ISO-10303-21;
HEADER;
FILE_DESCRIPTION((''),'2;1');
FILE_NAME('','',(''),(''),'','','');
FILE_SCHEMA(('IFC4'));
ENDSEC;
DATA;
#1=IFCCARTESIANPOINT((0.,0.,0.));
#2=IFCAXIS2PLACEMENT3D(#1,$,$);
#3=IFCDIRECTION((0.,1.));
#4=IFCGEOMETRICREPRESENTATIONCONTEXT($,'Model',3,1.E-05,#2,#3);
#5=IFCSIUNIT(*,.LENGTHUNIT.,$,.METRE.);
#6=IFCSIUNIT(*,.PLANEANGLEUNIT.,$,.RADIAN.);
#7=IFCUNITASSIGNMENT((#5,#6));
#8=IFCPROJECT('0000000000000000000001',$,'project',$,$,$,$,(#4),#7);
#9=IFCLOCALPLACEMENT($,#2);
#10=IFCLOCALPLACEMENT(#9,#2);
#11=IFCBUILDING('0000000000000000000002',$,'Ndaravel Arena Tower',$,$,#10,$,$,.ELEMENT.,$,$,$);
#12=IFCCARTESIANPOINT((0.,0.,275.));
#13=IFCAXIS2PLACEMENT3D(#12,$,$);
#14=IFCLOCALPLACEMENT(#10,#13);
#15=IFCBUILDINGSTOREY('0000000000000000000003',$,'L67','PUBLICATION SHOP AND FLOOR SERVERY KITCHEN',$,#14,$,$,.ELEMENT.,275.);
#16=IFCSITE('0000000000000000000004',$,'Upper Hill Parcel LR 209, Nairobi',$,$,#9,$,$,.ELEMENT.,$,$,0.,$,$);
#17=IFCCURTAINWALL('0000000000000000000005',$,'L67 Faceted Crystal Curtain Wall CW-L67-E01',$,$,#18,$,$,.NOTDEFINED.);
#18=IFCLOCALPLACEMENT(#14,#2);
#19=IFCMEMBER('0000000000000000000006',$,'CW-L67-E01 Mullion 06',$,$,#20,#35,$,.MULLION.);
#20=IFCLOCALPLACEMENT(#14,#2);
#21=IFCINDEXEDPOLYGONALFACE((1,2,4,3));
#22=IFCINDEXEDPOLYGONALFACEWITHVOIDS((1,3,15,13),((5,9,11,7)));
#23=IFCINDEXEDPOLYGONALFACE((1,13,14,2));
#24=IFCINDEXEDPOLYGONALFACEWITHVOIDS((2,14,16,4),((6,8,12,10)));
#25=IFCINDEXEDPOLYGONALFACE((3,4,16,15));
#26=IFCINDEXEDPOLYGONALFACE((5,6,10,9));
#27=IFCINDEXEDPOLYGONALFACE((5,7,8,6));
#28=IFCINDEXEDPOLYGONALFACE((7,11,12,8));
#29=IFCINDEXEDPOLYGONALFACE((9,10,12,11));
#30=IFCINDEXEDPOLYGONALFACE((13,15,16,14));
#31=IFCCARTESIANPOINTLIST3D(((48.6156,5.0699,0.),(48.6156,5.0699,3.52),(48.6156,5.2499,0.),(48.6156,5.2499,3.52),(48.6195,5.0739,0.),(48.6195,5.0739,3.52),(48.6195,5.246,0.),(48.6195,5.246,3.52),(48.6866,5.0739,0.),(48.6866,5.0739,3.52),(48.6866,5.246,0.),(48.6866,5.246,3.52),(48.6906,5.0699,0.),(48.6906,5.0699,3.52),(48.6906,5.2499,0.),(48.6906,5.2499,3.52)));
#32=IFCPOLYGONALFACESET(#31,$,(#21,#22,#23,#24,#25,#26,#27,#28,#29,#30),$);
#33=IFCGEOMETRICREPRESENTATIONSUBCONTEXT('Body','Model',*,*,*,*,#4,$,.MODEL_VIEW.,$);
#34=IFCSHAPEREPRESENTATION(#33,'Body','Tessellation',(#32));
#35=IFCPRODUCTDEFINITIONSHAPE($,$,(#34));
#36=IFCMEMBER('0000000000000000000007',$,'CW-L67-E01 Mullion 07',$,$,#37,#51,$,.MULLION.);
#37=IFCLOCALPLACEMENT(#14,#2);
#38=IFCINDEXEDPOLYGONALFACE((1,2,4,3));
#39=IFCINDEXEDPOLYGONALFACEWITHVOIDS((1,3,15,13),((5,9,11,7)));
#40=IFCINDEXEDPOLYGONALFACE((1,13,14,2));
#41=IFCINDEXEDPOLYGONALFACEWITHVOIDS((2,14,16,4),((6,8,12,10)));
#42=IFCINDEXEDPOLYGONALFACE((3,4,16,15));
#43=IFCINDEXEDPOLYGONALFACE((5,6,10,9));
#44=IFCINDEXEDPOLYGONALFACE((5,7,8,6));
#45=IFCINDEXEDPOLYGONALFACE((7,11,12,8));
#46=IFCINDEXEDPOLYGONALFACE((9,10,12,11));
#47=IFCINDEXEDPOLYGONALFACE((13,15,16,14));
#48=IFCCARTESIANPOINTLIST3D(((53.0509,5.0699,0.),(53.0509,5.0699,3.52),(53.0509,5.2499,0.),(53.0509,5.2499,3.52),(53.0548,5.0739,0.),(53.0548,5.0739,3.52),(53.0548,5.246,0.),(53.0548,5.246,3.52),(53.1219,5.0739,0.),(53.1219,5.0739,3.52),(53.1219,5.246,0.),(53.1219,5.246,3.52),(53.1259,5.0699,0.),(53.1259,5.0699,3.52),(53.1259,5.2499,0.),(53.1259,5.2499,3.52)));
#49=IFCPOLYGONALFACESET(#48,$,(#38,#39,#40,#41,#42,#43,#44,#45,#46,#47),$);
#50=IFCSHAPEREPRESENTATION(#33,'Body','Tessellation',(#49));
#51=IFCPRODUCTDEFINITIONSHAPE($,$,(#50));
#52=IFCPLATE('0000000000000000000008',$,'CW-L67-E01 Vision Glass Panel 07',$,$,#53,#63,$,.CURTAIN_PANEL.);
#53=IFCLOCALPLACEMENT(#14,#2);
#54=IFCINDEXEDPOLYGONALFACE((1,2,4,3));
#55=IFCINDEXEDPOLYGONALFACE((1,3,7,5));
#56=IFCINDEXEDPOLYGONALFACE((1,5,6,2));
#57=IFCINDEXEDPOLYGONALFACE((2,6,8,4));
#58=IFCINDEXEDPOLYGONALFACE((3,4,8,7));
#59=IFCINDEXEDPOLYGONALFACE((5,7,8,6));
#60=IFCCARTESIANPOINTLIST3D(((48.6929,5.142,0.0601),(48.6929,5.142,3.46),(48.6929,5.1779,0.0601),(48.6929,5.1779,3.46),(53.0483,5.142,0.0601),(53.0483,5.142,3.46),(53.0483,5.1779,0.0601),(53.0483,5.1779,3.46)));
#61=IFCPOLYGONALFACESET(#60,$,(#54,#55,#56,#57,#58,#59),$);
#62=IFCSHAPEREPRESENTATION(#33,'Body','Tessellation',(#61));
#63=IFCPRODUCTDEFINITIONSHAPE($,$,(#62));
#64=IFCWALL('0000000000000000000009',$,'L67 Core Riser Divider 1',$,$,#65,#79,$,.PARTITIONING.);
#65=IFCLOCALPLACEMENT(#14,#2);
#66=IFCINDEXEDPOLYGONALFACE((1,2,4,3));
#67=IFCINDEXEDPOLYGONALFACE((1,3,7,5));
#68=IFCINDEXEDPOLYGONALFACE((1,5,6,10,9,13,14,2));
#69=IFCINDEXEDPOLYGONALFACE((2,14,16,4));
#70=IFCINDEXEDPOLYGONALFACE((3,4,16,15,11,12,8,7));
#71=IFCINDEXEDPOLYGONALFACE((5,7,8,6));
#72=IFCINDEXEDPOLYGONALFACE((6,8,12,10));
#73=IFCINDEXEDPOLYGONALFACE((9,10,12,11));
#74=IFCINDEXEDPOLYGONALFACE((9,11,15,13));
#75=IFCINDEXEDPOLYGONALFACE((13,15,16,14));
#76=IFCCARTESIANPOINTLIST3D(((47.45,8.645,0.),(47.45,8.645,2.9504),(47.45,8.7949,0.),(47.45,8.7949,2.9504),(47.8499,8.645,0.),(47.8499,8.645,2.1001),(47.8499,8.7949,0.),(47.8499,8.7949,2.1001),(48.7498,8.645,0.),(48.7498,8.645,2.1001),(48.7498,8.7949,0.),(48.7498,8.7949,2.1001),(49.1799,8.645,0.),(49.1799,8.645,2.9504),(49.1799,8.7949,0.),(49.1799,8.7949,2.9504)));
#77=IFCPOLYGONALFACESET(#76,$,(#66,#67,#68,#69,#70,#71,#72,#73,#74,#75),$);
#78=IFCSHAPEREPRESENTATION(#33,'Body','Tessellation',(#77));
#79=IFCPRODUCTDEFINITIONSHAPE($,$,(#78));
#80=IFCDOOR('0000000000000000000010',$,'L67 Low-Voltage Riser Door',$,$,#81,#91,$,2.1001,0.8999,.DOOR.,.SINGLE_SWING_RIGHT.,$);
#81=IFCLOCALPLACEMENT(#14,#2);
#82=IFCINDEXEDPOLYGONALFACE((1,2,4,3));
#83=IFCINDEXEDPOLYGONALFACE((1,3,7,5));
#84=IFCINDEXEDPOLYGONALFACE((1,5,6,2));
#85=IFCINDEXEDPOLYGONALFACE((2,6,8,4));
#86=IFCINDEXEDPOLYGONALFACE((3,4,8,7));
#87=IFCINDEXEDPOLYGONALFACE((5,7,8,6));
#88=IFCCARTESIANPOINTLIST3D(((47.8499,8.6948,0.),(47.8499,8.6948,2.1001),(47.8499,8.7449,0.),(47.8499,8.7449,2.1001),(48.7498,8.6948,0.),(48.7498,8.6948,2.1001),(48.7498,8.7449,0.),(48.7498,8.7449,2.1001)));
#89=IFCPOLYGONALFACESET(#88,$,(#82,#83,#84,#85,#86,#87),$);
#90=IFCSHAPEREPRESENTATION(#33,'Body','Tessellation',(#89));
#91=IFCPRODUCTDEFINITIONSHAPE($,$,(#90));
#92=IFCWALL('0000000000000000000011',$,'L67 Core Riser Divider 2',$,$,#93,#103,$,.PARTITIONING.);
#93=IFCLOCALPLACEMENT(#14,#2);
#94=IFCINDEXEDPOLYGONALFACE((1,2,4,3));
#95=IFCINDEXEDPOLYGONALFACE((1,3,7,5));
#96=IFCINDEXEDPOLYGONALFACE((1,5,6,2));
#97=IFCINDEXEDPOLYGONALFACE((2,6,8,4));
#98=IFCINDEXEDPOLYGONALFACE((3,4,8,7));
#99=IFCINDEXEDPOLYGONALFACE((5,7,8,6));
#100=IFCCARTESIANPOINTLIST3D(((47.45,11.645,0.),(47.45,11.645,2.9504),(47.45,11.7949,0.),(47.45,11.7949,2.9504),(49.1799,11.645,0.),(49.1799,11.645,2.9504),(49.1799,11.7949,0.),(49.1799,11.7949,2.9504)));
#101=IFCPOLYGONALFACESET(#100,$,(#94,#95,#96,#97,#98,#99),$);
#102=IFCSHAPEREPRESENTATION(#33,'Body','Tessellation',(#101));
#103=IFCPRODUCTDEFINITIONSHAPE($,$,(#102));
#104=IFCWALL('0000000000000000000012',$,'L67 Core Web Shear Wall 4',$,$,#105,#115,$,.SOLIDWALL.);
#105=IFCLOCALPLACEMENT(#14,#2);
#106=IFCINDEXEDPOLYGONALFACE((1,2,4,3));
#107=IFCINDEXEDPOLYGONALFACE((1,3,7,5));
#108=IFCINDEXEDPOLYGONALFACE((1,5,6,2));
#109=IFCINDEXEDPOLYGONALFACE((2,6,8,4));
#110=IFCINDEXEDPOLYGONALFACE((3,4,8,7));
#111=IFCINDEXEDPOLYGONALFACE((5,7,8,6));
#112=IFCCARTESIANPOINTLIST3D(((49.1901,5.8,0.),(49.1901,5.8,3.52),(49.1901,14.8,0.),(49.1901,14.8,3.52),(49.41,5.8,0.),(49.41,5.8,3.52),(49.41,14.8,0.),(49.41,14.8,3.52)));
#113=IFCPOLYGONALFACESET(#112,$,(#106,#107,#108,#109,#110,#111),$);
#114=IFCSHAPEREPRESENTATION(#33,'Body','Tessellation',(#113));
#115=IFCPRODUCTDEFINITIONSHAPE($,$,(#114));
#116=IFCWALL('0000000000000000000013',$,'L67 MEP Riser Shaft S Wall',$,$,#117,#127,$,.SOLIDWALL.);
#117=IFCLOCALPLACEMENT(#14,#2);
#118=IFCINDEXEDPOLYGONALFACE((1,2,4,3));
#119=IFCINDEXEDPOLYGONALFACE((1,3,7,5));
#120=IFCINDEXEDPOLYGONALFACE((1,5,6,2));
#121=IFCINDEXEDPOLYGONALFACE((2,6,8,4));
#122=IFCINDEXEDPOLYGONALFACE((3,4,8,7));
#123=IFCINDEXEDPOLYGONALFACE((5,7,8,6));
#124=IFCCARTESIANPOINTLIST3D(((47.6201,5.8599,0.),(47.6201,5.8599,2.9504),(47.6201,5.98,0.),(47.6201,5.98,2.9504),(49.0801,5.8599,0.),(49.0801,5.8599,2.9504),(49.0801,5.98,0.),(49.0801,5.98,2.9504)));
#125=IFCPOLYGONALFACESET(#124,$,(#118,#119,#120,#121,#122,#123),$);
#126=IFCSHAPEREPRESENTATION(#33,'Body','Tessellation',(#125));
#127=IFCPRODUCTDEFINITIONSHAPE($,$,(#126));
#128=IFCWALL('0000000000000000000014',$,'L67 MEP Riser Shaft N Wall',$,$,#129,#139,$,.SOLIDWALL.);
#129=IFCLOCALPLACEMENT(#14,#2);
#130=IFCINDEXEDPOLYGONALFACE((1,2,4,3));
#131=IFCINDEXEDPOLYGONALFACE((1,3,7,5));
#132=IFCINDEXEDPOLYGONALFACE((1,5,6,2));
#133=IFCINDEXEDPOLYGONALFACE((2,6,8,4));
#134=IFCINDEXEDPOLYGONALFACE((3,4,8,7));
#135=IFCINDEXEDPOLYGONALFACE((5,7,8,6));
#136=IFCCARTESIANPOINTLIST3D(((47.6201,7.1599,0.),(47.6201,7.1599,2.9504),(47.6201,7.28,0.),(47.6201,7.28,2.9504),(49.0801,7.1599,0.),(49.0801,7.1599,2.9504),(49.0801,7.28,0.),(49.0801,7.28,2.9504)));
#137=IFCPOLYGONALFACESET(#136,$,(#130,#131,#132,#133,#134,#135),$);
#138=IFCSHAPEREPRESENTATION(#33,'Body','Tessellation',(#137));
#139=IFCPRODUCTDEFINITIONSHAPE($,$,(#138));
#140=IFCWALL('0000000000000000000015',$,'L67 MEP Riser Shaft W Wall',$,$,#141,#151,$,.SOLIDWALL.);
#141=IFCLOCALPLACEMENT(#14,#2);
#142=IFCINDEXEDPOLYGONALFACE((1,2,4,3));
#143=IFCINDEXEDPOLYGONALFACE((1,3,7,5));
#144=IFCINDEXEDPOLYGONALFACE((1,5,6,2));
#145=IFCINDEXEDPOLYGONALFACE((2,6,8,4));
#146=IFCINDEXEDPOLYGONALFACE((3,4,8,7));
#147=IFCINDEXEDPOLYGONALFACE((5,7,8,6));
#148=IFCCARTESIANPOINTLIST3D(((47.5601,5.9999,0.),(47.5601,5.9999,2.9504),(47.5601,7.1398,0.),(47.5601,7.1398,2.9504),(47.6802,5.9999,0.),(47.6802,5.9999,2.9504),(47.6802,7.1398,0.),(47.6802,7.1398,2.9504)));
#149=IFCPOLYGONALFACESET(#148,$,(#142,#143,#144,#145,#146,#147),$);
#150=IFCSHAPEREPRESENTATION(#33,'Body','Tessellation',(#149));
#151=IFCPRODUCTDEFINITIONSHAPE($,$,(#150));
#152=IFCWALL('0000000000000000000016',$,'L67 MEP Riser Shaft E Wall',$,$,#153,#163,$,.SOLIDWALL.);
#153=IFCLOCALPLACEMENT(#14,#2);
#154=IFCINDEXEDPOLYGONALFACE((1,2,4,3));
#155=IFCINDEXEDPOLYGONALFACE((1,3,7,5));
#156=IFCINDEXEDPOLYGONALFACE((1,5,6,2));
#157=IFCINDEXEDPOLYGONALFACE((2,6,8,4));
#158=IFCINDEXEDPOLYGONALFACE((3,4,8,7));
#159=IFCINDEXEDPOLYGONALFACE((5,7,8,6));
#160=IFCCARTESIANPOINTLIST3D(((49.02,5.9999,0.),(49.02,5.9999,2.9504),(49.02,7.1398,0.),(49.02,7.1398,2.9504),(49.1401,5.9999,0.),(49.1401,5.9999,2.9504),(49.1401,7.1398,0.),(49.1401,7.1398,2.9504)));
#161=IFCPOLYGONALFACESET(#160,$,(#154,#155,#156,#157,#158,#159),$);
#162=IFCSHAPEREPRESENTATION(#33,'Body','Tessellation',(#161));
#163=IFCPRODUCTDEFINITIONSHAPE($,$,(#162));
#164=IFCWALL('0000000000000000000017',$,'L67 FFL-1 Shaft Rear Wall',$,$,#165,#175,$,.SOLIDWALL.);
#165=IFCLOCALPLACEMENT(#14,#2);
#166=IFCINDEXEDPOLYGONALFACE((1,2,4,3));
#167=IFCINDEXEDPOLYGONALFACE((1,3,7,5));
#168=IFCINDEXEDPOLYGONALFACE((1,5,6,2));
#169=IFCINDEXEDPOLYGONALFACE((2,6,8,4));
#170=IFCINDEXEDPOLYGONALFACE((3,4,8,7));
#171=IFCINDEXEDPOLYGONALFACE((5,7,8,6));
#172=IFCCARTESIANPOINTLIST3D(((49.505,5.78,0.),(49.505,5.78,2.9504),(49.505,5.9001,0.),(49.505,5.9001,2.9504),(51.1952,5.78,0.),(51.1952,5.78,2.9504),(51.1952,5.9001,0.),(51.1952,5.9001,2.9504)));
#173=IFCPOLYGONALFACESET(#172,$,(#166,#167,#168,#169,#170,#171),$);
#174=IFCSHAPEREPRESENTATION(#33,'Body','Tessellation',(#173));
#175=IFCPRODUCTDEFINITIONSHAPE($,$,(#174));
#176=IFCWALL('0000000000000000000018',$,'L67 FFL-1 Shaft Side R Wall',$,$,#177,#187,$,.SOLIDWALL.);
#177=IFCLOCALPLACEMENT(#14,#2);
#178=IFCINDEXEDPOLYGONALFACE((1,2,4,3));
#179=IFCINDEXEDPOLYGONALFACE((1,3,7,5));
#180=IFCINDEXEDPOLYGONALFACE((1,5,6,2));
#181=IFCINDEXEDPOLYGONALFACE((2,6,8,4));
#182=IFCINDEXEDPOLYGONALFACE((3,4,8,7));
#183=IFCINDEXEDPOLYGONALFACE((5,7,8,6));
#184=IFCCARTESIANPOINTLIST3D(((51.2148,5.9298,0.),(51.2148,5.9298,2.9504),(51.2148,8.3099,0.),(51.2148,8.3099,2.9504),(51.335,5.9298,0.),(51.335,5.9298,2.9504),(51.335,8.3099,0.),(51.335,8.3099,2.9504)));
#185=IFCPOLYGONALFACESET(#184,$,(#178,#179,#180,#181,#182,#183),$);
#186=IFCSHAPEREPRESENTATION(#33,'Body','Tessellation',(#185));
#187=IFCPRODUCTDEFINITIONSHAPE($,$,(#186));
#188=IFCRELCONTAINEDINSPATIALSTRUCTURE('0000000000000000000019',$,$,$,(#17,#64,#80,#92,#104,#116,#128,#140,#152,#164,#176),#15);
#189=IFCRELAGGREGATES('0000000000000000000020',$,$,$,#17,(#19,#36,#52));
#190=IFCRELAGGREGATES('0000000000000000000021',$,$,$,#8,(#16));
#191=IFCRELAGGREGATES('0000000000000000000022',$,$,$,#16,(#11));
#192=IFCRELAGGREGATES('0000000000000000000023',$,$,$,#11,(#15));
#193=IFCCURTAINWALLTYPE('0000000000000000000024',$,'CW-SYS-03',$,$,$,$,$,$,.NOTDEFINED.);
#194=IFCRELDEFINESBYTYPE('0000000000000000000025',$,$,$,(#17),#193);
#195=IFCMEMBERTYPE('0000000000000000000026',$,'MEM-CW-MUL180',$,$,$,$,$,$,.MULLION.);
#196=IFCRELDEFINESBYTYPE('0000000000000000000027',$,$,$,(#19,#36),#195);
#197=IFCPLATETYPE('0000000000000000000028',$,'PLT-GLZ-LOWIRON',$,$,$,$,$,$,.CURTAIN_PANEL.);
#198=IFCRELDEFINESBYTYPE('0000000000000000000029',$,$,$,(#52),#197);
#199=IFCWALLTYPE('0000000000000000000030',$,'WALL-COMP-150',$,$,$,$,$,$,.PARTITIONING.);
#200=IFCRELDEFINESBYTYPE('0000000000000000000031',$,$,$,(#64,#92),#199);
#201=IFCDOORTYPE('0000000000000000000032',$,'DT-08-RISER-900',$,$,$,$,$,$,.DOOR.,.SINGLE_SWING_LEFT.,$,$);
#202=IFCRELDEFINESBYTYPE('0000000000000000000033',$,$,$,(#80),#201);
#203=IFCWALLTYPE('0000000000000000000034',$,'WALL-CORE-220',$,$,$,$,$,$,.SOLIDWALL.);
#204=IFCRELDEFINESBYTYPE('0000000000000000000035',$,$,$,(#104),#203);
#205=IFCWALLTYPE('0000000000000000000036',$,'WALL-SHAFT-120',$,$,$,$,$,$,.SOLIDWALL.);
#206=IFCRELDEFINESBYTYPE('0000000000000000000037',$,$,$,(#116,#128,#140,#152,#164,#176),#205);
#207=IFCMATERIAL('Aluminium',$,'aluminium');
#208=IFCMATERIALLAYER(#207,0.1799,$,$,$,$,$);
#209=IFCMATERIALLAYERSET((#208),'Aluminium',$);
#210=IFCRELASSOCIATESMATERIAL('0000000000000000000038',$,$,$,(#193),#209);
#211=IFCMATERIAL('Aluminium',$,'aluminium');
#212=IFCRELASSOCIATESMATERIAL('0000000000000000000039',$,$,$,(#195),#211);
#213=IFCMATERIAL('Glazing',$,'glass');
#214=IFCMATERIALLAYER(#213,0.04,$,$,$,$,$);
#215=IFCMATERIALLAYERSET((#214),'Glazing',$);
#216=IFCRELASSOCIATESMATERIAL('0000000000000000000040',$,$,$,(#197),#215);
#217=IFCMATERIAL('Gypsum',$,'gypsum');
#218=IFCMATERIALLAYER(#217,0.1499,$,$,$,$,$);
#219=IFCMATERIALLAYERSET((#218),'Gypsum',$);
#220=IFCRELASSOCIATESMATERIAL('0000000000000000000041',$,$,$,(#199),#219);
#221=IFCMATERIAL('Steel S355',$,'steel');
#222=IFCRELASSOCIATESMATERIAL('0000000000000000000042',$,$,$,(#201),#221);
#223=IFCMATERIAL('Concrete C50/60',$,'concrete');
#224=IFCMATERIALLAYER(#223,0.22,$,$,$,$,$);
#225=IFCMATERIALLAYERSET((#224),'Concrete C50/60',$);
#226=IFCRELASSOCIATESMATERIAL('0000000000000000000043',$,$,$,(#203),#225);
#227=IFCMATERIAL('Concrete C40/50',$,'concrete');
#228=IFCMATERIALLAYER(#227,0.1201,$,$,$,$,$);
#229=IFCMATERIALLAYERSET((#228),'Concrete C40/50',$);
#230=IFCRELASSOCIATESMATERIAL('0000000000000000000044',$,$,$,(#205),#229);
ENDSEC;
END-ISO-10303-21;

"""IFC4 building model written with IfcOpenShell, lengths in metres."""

from ifc_helpers import new_model, si_unit, direction, frame, frame_2d, origin, origin_2d, place, context, subcontext, project, spatial, rectangle, hollow_rectangle, extrude, material, layer, layer_set, material_profile, profile_set, type_object, element, fill, aggregate, save


model = new_model("IFC4")

# Units and contexts
model_context = context("Model", 3, precision=1e-05, world=origin(), true_north=direction((0.0, 1.0)))
body_context = subcontext(model_context, "Body", "Model", "MODEL_VIEW")
ifc_project = project(units=[si_unit("LENGTHUNIT", "METRE"), si_unit("PLANEANGLEUNIT", "RADIAN")], contexts=[model_context])

# Site, building, storey
site_placement = place(None, origin())
site = spatial("IfcSite", under=ifc_project, at=site_placement, Name="Upper Hill Parcel LR 209, Nairobi", CompositionType="ELEMENT", RefElevation=0.0)
building_placement = place(site_placement, origin())
building = spatial("IfcBuilding", under=site, at=building_placement, Name="Ndaravel Arena Tower", CompositionType="ELEMENT")
storey_placement = place(building_placement, frame((0.0, 0.0, 275.0)))
storey = spatial("IfcBuildingStorey", under=building, at=storey_placement, Name="L67", Description="PUBLICATION SHOP AND FLOOR SERVERY KITCHEN", CompositionType="ELEMENT", Elevation=275.0)

# Curtain wall, members, plate
ifc_material_1 = material(Name="Aluminium", Category="aluminium")
ifc_layer_1 = layer(ifc_material_1, 0.1799)
ifc_layer_set_1 = layer_set([ifc_layer_1], Name="Aluminium")
curtain_wall_type = type_object("IfcCurtainWallType", Name="CW-SYS-03", PredefinedType="NOTDEFINED", material=ifc_layer_set_1)
curtain_wall_placement = place(storey_placement, origin())
curtain_wall = element("IfcCurtainWall", 1, at=curtain_wall_placement, inside=storey, type_object=curtain_wall_type, Name="L67 Faceted Crystal Curtain Wall CW-L67-E01", PredefinedType="NOTDEFINED")
ifc_material_2 = material(Name="Aluminium", Category="aluminium")
ifc_material_profile = material_profile(ifc_material_2, hollow_rectangle(XDim=0.075, YDim=0.1799, WallThickness=0.0039, at=origin_2d()), Name="CW MULLION 75x180x4")
ifc_profile_set = profile_set([ifc_material_profile], Name="Aluminium")
member_type = type_object("IfcMemberType", Name="MEM-CW-MUL180", PredefinedType="MULLION", material=ifc_profile_set)
member_1_placement = place(storey_placement, frame((48.6531, 5.1599, 0.0), z_axis=(0.0, 0.0, 1.0), x_axis=(1.0, 0.0, 0.0)))
member_1 = element("IfcMember", 2, at=member_1_placement, type_object=member_type, Name="CW-L67-E01 Mullion 06", PredefinedType="MULLION", context=body_context, shape_type="SweptSolid", body=[
    extrude(hollow_rectangle(XDim=0.075, YDim=0.1799, WallThickness=0.0039, at=origin_2d()), origin(), (0.0, 0.0, 1.0), 3.52),
])
member_2_placement = place(storey_placement, frame((53.0884, 5.1599, 0.0), z_axis=(0.0, 0.0, 1.0), x_axis=(1.0, 0.0, 0.0)))
member_2 = element("IfcMember", 3, at=member_2_placement, type_object=member_type, Name="CW-L67-E01 Mullion 07", PredefinedType="MULLION", context=body_context, shape_type="SweptSolid", body=[
    extrude(hollow_rectangle(XDim=0.075, YDim=0.1799, WallThickness=0.0039, at=origin_2d()), origin(), (0.0, 0.0, 1.0), 3.52),
])
ifc_material_3 = material(Name="Glazing", Category="glass")
ifc_layer_2 = layer(ifc_material_3, 0.04)
ifc_layer_set_2 = layer_set([ifc_layer_2], Name="Glazing")
plate_type = type_object("IfcPlateType", Name="PLT-GLZ-LOWIRON", PredefinedType="CURTAIN_PANEL", material=ifc_layer_set_2)
plate_placement = place(storey_placement, frame((50.8706, 5.1599, 0.0601), z_axis=(0.0, 0.0, 1.0), x_axis=(1.0, 0.0, 0.0)))
plate = element("IfcPlate", 4, at=plate_placement, type_object=plate_type, Name="CW-L67-E01 Vision Glass Panel 07", PredefinedType="CURTAIN_PANEL", context=body_context, shape_type="SweptSolid", body=[
    extrude(rectangle(XDim=4.3555, YDim=0.0359, at=origin_2d()), origin(), (0.0, 0.0, 1.0), 3.3999),
])
aggregate(curtain_wall, [member_1, member_2, plate])

# Wall, opening, door
ifc_material_4 = material(Name="Gypsum", Category="gypsum")
ifc_layer_3 = layer(ifc_material_4, 0.1499)
ifc_layer_set_3 = layer_set([ifc_layer_3], Name="Gypsum")
wall_type_1 = type_object("IfcWallType", Name="WALL-COMP-150", PredefinedType="PARTITIONING", material=ifc_layer_set_3)
wall_1_placement = place(storey_placement, frame((47.45, 8.72, 0.0), z_axis=(0.0, 0.0, 1.0), x_axis=(1.0, 0.0, 0.0)))
wall_1 = element("IfcWall", 5, at=wall_1_placement, inside=storey, type_object=wall_type_1, Name="L67 Core Riser Divider 1", PredefinedType="PARTITIONING", context=body_context, shape_type="SweptSolid", body=[
    extrude(rectangle(XDim=1.73, YDim=0.1499, at=frame_2d((0.865, 0.0))), origin(), (0.0, 0.0, 1.0), 2.9504),
])
opening_1_placement = place(wall_1_placement, frame((0.3999, 0.0, 0.0)))
opening_1 = element("IfcOpeningElement", 6, at=opening_1_placement, cuts=wall_1, PredefinedType="OPENING", context=body_context, shape_type="SweptSolid", body=[
    extrude(rectangle(XDim=0.8999, YDim=2.1001, at=frame_2d((0.45, 1.05))), frame((0.0, 0.075, 0.0), z_axis=(0.0, -1.0, 0.0), x_axis=(1.0, 0.0, 0.0)), (0.0, 0.0, 1.0), 0.1499),
])
ifc_material_5 = material(Name="Steel S355", Category="steel")
door_type_1 = type_object("IfcDoorType", Name="DT-08-RISER-900", OperationType="SINGLE_SWING_LEFT", PredefinedType="DOOR", material=ifc_material_5)
door_1_placement = place(opening_1_placement, origin())
door_1 = element("IfcDoor", 7, at=door_1_placement, inside=storey, type_object=door_type_1, Name="L67 Low-Voltage Riser Door", OperationType="SINGLE_SWING_RIGHT", OverallHeight=2.1001, OverallWidth=0.8999, PredefinedType="DOOR", context=body_context, shape_type="SweptSolid", body=[
    extrude(rectangle(XDim=0.8999, YDim=2.1001, at=frame_2d((0.45, 1.05))), frame((0.0, 0.0249, 0.0), z_axis=(0.0, -1.0, 0.0), x_axis=(1.0, 0.0, 0.0)), (0.0, 0.0, 1.0), 0.05),
])
fill(opening_1, door_1)

# Walls
wall_2_placement = place(storey_placement, frame((47.45, 11.72, 0.0), z_axis=(0.0, 0.0, 1.0), x_axis=(1.0, 0.0, 0.0)))
element("IfcWall", 8, at=wall_2_placement, inside=storey, type_object=wall_type_1, Name="L67 Core Riser Divider 2", PredefinedType="PARTITIONING", context=body_context, shape_type="SweptSolid", body=[
    extrude(rectangle(XDim=1.73, YDim=0.1499, at=frame_2d((0.865, 0.0))), origin(), (0.0, 0.0, 1.0), 2.9504),
])
ifc_material_6 = material(Name="Concrete C50/60", Category="concrete")
ifc_layer_4 = layer(ifc_material_6, 0.22)
ifc_layer_set_4 = layer_set([ifc_layer_4], Name="Concrete C50/60")
wall_type_2 = type_object("IfcWallType", Name="WALL-CORE-220", PredefinedType="SOLIDWALL", material=ifc_layer_set_4)
wall_3_placement = place(storey_placement, frame((49.3, 5.8, 0.0), z_axis=(0.0, 0.0, 1.0), x_axis=(0.0, 1.0, 0.0)))
element("IfcWall", 9, at=wall_3_placement, inside=storey, type_object=wall_type_2, Name="L67 Core Web Shear Wall 4", PredefinedType="SOLIDWALL", context=body_context, shape_type="SweptSolid", body=[
    extrude(rectangle(XDim=9.0, YDim=0.22, at=frame_2d((4.5, 0.0))), origin(), (0.0, 0.0, 1.0), 3.52),
])
ifc_material_7 = material(Name="Concrete C40/50", Category="concrete")
ifc_layer_5 = layer(ifc_material_7, 0.1201)
ifc_layer_set_5 = layer_set([ifc_layer_5], Name="Concrete C40/50")
wall_type_3 = type_object("IfcWallType", Name="WALL-SHAFT-120", PredefinedType="SOLIDWALL", material=ifc_layer_set_5)
for number, where, z_axis, x_axis, name in (
    (10, (47.6201, 5.9199, 0.0), (0.0, 0.0, 1.0), (1.0, 0.0, 0.0), "L67 MEP Riser Shaft S Wall"),
    (11, (47.6201, 7.22, 0.0), (0.0, 0.0, 1.0), (1.0, 0.0, 0.0), "L67 MEP Riser Shaft N Wall"),
):
    element("IfcWall", number, at=place(storey_placement, frame(where, z_axis=z_axis, x_axis=x_axis)), inside=storey, type_object=wall_type_3, Name=name, PredefinedType="SOLIDWALL", context=body_context, shape_type="SweptSolid", body=[
        extrude(rectangle(XDim=1.46, YDim=0.1201, at=frame_2d((0.73, 0.0))), origin(), (0.0, 0.0, 1.0), 2.9504),
    ])
for number, where, z_axis, x_axis, name in (
    (12, (47.6201, 6.0, 0.0), (0.0, 0.0, 1.0), (0.0, 1.0, 0.0), "L67 MEP Riser Shaft W Wall"),
    (13, (49.0801, 6.0, 0.0), (0.0, 0.0, 1.0), (0.0, 1.0, 0.0), "L67 MEP Riser Shaft E Wall"),
):
    element("IfcWall", number, at=place(storey_placement, frame(where, z_axis=z_axis, x_axis=x_axis)), inside=storey, type_object=wall_type_3, Name=name, PredefinedType="SOLIDWALL", context=body_context, shape_type="SweptSolid", body=[
        extrude(rectangle(XDim=1.1399, YDim=0.1201, at=frame_2d((0.5698, 0.0))), origin(), (0.0, 0.0, 1.0), 2.9504),
    ])
wall_4_placement = place(storey_placement, frame((49.5049, 5.8401, 0.0), z_axis=(0.0, 0.0, 1.0), x_axis=(1.0, 0.0, 0.0)))
element("IfcWall", 14, at=wall_4_placement, inside=storey, type_object=wall_type_3, Name="L67 FFL-1 Shaft Rear Wall", PredefinedType="SOLIDWALL", context=body_context, shape_type="SweptSolid", body=[
    extrude(rectangle(XDim=1.6902, YDim=0.1201, at=frame_2d((0.8452, 0.0))), origin(), (0.0, 0.0, 1.0), 2.9504),
])
wall_5_placement = place(storey_placement, frame((51.2749, 5.9299, 0.0), z_axis=(0.0, 0.0, 1.0), x_axis=(0.0, 1.0, 0.0)))
element("IfcWall", 15, at=wall_5_placement, inside=storey, type_object=wall_type_3, Name="L67 FFL-1 Shaft Side R Wall", PredefinedType="SOLIDWALL", context=body_context, shape_type="SweptSolid", body=[
    extrude(rectangle(XDim=2.3801, YDim=0.1201, at=frame_2d((1.1899, 0.0))), origin(), (0.0, 0.0, 1.0), 2.9504),
])

save(model, "model.ifc")
